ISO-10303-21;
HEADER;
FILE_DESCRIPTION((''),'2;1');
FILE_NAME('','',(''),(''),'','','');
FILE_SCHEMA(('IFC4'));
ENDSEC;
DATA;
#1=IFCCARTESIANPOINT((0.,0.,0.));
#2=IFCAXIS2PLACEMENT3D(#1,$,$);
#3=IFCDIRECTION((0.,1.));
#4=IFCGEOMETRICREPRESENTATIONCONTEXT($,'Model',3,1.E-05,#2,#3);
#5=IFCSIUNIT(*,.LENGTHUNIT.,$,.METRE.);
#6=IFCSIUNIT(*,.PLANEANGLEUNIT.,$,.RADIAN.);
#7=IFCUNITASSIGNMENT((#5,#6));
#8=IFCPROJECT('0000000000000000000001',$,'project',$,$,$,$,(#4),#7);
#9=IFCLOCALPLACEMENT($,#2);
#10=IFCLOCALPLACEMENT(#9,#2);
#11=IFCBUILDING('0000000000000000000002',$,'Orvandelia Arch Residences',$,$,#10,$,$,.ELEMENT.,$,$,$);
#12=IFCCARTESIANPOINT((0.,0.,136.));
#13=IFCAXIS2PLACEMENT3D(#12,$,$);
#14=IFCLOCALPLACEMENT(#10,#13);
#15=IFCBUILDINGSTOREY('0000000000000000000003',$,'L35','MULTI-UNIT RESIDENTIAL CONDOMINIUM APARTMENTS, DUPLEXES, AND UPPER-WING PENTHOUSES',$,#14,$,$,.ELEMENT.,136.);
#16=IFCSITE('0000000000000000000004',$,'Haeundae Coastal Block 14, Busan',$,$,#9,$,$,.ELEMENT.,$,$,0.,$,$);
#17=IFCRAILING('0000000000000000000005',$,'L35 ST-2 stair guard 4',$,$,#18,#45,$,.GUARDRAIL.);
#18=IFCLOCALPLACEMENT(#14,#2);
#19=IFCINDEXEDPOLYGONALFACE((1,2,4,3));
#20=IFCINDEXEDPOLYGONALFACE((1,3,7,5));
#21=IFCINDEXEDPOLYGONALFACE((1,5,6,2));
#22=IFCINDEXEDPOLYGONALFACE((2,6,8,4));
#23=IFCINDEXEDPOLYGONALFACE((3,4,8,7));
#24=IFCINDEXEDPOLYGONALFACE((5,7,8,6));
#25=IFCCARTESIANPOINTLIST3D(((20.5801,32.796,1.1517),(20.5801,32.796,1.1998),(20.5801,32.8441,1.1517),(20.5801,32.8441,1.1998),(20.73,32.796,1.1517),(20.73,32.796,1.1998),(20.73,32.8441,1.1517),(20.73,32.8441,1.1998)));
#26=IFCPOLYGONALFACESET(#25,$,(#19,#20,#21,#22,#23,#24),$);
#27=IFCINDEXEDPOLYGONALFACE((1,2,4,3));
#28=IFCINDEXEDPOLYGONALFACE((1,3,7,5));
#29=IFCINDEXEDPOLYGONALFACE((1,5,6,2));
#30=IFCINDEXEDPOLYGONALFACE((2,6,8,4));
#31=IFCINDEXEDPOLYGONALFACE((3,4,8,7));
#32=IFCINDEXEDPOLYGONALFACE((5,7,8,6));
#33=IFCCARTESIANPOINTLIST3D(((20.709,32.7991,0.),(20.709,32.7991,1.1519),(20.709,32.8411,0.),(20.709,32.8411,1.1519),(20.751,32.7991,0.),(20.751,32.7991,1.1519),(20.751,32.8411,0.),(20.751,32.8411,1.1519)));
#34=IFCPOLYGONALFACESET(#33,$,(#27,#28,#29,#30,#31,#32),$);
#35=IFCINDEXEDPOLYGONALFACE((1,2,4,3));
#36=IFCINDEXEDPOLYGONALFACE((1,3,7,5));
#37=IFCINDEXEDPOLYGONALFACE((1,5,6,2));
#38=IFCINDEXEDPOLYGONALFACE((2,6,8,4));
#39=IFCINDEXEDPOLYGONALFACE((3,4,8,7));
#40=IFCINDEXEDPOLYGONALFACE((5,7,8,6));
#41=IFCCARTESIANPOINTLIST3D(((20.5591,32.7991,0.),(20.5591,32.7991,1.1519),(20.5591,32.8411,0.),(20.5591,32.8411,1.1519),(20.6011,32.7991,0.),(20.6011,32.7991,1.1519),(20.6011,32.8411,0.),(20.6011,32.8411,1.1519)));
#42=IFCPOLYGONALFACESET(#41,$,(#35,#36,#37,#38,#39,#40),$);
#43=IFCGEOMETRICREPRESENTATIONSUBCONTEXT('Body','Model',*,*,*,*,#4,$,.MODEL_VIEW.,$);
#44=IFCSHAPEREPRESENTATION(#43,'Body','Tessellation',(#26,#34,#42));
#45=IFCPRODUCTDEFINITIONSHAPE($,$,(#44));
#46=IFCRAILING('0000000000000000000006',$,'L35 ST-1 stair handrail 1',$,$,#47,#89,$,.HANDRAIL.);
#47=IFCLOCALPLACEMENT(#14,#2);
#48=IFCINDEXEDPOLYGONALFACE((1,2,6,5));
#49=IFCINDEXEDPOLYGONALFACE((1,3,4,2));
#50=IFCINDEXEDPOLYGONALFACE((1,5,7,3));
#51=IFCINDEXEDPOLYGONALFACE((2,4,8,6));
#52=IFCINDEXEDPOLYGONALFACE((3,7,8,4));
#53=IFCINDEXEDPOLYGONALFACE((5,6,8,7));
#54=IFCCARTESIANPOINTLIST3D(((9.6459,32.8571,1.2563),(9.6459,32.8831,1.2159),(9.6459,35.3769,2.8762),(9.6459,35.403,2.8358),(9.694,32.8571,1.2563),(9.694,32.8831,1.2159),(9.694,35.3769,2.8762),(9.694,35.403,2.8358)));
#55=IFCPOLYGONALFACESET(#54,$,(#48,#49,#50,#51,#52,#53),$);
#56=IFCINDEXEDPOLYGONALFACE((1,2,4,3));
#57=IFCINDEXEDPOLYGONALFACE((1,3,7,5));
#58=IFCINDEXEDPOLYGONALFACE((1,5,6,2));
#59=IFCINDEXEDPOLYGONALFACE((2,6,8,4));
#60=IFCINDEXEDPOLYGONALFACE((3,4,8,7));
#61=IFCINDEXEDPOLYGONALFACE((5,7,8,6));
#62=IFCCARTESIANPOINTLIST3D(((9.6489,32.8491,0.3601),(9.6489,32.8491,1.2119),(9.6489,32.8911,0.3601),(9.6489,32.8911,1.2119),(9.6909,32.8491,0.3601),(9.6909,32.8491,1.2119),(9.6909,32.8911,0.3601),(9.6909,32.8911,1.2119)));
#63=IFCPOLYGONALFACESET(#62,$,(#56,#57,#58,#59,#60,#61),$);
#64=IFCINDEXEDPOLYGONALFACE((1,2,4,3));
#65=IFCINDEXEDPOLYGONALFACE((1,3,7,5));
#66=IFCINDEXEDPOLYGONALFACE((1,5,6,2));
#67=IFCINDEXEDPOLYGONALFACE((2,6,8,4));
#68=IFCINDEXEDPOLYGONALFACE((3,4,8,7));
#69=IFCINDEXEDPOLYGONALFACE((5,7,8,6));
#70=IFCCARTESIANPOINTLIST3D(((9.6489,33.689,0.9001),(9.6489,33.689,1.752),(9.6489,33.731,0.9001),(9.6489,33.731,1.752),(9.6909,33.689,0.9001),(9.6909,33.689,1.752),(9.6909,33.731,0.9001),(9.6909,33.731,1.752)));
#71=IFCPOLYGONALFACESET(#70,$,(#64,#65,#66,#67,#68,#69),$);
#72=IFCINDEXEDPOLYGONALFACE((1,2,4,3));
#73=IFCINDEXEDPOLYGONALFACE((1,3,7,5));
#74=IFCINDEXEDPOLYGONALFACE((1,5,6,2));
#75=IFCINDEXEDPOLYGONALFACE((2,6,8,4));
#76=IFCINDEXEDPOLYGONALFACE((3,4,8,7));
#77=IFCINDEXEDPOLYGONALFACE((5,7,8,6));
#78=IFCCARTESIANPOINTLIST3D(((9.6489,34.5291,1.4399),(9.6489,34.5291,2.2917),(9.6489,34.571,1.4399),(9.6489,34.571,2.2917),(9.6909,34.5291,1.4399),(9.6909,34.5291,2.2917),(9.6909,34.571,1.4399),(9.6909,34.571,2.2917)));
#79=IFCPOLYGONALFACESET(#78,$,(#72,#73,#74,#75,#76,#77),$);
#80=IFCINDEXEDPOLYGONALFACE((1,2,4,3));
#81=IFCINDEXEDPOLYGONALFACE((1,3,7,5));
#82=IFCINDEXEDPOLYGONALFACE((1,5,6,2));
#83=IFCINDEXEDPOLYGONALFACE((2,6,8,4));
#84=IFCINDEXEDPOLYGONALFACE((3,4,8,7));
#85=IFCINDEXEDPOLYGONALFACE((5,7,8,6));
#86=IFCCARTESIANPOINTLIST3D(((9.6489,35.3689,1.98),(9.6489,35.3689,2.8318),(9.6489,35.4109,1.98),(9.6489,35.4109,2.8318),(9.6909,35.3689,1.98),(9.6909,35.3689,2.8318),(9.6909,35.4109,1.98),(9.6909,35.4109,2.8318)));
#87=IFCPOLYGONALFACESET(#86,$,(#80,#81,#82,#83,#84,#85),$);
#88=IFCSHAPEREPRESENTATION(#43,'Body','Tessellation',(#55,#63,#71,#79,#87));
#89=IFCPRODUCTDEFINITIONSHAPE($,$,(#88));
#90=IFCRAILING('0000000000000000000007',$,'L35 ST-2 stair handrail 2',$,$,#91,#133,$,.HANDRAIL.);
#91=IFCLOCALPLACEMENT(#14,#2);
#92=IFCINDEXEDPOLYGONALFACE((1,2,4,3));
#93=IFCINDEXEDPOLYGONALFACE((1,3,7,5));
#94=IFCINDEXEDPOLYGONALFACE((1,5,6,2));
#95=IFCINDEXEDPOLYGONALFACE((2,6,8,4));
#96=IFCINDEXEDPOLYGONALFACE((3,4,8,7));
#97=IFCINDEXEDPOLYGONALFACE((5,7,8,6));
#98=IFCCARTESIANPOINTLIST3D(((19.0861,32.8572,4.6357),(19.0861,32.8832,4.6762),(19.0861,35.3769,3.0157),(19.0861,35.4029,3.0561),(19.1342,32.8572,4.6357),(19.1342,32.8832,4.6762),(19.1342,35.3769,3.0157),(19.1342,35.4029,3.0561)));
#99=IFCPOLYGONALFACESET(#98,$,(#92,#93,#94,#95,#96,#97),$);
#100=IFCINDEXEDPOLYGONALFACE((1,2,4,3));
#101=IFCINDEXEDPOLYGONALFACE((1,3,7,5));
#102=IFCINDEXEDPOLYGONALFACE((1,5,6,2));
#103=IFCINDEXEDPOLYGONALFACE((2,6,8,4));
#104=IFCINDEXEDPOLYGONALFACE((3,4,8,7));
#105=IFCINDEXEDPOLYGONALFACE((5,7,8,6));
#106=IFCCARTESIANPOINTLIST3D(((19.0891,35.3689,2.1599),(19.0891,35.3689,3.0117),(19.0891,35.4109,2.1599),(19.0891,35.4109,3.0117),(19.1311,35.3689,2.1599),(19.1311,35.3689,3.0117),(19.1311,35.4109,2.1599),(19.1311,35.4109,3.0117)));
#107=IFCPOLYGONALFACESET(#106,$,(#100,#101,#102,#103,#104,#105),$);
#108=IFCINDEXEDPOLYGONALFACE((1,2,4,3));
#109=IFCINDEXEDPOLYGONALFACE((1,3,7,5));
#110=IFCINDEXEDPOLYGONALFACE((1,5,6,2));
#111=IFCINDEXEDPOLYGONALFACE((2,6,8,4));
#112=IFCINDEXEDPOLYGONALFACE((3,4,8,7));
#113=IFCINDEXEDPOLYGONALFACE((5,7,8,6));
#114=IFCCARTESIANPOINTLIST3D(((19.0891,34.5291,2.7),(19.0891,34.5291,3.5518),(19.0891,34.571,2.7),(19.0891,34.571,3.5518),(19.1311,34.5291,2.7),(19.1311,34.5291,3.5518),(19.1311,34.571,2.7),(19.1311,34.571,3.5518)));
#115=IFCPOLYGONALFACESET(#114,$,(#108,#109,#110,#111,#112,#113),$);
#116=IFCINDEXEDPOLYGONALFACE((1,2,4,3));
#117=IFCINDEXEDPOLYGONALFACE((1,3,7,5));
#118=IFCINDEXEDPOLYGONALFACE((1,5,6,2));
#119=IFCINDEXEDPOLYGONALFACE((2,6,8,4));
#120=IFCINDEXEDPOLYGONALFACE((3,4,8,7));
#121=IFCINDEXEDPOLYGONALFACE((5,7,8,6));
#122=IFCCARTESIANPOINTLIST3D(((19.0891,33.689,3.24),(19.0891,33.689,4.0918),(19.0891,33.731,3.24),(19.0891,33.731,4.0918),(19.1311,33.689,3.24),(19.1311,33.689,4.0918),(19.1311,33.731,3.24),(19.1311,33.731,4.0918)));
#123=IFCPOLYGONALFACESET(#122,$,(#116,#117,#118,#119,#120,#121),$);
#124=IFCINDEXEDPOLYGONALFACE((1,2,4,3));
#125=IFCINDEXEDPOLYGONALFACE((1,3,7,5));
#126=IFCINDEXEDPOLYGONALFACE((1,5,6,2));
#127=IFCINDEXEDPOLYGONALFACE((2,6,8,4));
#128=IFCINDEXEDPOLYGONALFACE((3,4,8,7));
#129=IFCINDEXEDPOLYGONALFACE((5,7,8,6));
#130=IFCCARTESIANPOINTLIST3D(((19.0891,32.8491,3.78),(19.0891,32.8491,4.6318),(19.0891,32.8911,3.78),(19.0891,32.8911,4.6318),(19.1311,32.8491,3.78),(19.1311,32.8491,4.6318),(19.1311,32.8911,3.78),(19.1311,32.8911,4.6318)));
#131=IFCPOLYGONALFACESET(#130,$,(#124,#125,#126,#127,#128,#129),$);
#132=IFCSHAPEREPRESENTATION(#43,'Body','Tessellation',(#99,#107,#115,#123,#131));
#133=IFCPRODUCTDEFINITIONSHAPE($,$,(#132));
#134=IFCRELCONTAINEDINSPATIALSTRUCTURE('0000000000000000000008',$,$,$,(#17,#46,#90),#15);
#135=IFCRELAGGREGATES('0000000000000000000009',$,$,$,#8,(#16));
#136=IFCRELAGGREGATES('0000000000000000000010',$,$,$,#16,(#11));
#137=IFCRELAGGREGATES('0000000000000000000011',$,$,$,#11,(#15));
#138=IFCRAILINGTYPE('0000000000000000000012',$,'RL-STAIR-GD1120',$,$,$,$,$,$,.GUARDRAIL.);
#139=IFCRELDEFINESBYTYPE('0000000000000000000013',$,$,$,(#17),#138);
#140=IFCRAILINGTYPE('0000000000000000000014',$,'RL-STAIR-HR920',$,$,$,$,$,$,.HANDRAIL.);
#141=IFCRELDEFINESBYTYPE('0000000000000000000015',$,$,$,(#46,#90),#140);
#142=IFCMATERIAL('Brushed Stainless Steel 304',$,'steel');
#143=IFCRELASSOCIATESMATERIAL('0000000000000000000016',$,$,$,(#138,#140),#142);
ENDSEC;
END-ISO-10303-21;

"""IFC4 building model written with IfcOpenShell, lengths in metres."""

from ifc_helpers import new_model, si_unit, direction, frame, origin, origin_2d, place, context, subcontext, project, spatial, rectangle, extrude, material, type_object, element, save


model = new_model("IFC4")

# Units and contexts
model_context = context("Model", 3, precision=1e-05, world=origin(), true_north=direction((0.0, 1.0)))
body_context = subcontext(model_context, "Body", "Model", "MODEL_VIEW")
ifc_project = project(units=[si_unit("LENGTHUNIT", "METRE"), si_unit("PLANEANGLEUNIT", "RADIAN")], contexts=[model_context])

# Site, building, storey
site_placement = place(None, origin())
site = spatial("IfcSite", under=ifc_project, at=site_placement, Name="Haeundae Coastal Block 14, Busan", CompositionType="ELEMENT", RefElevation=0.0)
building_placement = place(site_placement, origin())
building = spatial("IfcBuilding", under=site, at=building_placement, Name="Orvandelia Arch Residences", CompositionType="ELEMENT")
storey_placement = place(building_placement, frame((0.0, 0.0, 136.0)))
storey = spatial("IfcBuildingStorey", under=building, at=storey_placement, Name="L35", Description="MULTI-UNIT RESIDENTIAL CONDOMINIUM APARTMENTS, DUPLEXES, AND UPPER-WING PENTHOUSES", CompositionType="ELEMENT", Elevation=136.0)

# Railings
ifc_material_1 = material(Name="Brushed Stainless Steel 304", Category="steel")
railing_type_1 = type_object("IfcRailingType", Name="RL-STAIR-GD1120", PredefinedType="GUARDRAIL", material=ifc_material_1)
railing_1_placement = place(storey_placement, frame((20.73, 32.8201, 0.0)))
element("IfcRailing", 1, at=railing_1_placement, inside=storey, type_object=railing_type_1, Name="L35 ST-2 stair guard 4", PredefinedType="GUARDRAIL", context=body_context, shape_type="SweptSolid", body=[
    extrude(rectangle(XDim=0.0481, YDim=0.0481, at=origin_2d()), frame((0.0, 0.0, 1.1758), z_axis=(-1.0, 0.0, 0.0), x_axis=(0.0, -1.0, 0.0)), (0.0, 0.0, 1.0), 0.1499),
    extrude(rectangle(XDim=0.042, YDim=0.042, at=origin_2d()), origin(), (0.0, 0.0, 1.0), 1.1519),
    extrude(rectangle(XDim=0.042, YDim=0.042, at=origin_2d()), frame((-0.1499, 0.0, 0.0)), (0.0, 0.0, 1.0), 1.1519),
])
railing_type_2 = type_object("IfcRailingType", Name="RL-STAIR-HR920", PredefinedType="HANDRAIL", material=ifc_material_1)
railing_2_placement = place(storey_placement, frame((9.6699, 32.8701, 0.3601)))
element("IfcRailing", 2, at=railing_2_placement, inside=storey, type_object=railing_type_2, Name="L35 ST-1 stair handrail 1", PredefinedType="HANDRAIL", context=body_context, shape_type="SweptSolid", body=[
    extrude(rectangle(XDim=0.0481, YDim=0.0481, at=origin_2d()), frame((0.0, 0.0, 0.876), z_axis=(0.0, 0.841176, 0.540762), x_axis=(-1.0, 0.0, 0.0)), (0.0, 0.0, 1.0), 2.9956),
    extrude(rectangle(XDim=0.042, YDim=0.042, at=origin_2d()), origin(), (0.0, 0.0, 1.0), 0.8518),
    extrude(rectangle(XDim=0.042, YDim=0.042, at=origin_2d()), frame((0.0, 0.8398, 0.54)), (0.0, 0.0, 1.0), 0.8518),
    extrude(rectangle(XDim=0.042, YDim=0.042, at=origin_2d()), frame((0.0, 1.6799, 1.0798)), (0.0, 0.0, 1.0), 0.8518),
    extrude(rectangle(XDim=0.042, YDim=0.042, at=origin_2d()), frame((0.0, 2.5198, 1.6199)), (0.0, 0.0, 1.0), 0.8518),
])
railing_3_placement = place(storey_placement, frame((19.1101, 35.3899, 2.1599)))
element("IfcRailing", 3, at=railing_3_placement, inside=storey, type_object=railing_type_2, Name="L35 ST-2 stair handrail 2", PredefinedType="HANDRAIL", context=body_context, shape_type="SweptSolid", body=[
    extrude(rectangle(XDim=0.0481, YDim=0.0481, at=origin_2d()), frame((0.0, 0.0, 0.876), z_axis=(0.0, -0.841139, 0.540819), x_axis=(1.0, 0.0, 0.0)), (0.0, 0.0, 1.0), 2.9956),
    extrude(rectangle(XDim=0.042, YDim=0.042, at=origin_2d()), origin(), (0.0, 0.0, 1.0), 0.8518),
    extrude(rectangle(XDim=0.042, YDim=0.042, at=origin_2d()), frame((0.0, -0.8398, 0.54)), (0.0, 0.0, 1.0), 0.8518),
    extrude(rectangle(XDim=0.042, YDim=0.042, at=origin_2d()), frame((0.0, -1.6799, 1.0801)), (0.0, 0.0, 1.0), 0.8518),
    extrude(rectangle(XDim=0.042, YDim=0.042, at=origin_2d()), frame((0.0, -2.5198, 1.6201)), (0.0, 0.0, 1.0), 0.8518),
])

save(model, "model.ifc")
